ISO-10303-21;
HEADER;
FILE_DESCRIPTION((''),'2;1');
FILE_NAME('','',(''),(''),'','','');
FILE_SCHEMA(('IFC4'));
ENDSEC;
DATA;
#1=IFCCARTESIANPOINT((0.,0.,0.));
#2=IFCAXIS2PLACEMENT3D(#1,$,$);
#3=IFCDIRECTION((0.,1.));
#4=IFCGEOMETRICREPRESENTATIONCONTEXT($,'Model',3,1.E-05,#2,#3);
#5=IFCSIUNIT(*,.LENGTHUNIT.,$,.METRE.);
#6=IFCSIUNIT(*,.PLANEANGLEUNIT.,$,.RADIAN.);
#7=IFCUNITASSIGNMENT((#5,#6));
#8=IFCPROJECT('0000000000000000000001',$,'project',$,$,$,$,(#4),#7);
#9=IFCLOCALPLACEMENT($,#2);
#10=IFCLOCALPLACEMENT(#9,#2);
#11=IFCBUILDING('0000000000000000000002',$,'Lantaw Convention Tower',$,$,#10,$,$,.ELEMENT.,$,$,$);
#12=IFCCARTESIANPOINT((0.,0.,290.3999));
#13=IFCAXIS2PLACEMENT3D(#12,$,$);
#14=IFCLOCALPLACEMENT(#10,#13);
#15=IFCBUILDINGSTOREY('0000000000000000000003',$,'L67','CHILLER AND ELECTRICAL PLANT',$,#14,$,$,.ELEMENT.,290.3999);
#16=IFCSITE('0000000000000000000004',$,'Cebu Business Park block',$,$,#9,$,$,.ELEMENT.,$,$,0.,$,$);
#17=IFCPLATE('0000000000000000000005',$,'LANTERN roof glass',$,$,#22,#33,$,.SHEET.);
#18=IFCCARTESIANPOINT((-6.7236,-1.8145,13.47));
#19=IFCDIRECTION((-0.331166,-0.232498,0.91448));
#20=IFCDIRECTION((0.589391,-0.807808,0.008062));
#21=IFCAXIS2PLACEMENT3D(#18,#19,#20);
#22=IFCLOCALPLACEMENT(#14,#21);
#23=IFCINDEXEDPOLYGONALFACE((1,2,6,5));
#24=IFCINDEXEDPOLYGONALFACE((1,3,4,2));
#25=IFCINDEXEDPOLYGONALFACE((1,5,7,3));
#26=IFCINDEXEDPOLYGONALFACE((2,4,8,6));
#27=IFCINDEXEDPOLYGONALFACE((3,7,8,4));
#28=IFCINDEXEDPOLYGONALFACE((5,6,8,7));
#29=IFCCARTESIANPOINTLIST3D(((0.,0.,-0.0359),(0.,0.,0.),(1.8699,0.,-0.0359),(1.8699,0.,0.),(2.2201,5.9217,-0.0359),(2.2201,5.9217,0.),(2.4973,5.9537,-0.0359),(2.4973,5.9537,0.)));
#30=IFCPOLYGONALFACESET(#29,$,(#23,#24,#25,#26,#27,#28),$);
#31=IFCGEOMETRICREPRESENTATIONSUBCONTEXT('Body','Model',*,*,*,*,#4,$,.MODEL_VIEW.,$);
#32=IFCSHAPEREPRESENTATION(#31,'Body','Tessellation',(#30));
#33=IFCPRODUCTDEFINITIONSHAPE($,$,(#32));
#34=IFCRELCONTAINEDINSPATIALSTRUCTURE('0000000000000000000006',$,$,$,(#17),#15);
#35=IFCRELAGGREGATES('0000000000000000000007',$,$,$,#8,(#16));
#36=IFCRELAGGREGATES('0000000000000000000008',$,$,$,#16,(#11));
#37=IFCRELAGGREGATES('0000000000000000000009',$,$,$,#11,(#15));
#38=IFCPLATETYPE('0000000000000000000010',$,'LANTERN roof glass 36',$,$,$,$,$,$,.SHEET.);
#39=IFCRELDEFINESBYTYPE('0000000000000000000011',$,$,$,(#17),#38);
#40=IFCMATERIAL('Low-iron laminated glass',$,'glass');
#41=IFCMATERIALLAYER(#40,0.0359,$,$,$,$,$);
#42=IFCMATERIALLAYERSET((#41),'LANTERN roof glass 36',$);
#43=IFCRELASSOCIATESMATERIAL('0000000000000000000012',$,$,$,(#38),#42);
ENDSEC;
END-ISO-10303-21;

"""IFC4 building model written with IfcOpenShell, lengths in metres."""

from ifc_helpers import new_model, si_unit, direction, frame, origin, place, context, subcontext, project, spatial, polyline, outline, extrude, material, layer, layer_set, type_object, element, save


model = new_model("IFC4")

# Units and contexts
model_context = context("Model", 3, precision=1e-05, world=origin(), true_north=direction((0.0, 1.0)))
body_context = subcontext(model_context, "Body", "Model", "MODEL_VIEW")
ifc_project = project(units=[si_unit("LENGTHUNIT", "METRE"), si_unit("PLANEANGLEUNIT", "RADIAN")], contexts=[model_context])

# Site, building, storey
site_placement = place(None, origin())
site = spatial("IfcSite", under=ifc_project, at=site_placement, Name="Cebu Business Park block", CompositionType="ELEMENT", RefElevation=0.0)
building_placement = place(site_placement, origin())
building = spatial("IfcBuilding", under=site, at=building_placement, Name="Lantaw Convention Tower", CompositionType="ELEMENT")
storey_placement = place(building_placement, frame((0.0, 0.0, 290.3999)))
storey = spatial("IfcBuildingStorey", under=building, at=storey_placement, Name="L67", Description="CHILLER AND ELECTRICAL PLANT", CompositionType="ELEMENT", Elevation=290.3999)

# Plate
ifc_material_1 = material(Name="Low-iron laminated glass", Category="glass")
ifc_layer_1 = layer(ifc_material_1, 0.0359)
ifc_layer_set_1 = layer_set([ifc_layer_1], Name="LANTERN roof glass 36")
plate_type_1 = type_object("IfcPlateType", Name="LANTERN roof glass 36", PredefinedType="SHEET", material=ifc_layer_set_1)
plate_1_placement = place(storey_placement, frame((-6.7236, -1.8145, 13.47), z_axis=(-0.331166, -0.232498, 0.91448), x_axis=(0.589391, -0.807808, 0.008062)))
element("IfcPlate", 1, at=plate_1_placement, inside=storey, type_object=plate_type_1, Name="LANTERN roof glass", PredefinedType="SHEET", context=body_context, shape_type="SweptSolid", body=[
    extrude(outline(polyline([(0.0, 0.0), (1.8699, 0.0), (2.4973, 5.9537), (2.2201, 5.9217), (0.0, 0.0)])), origin(), (0.0, 0.0, -1.0), 0.0359),
])

save(model, "model.ifc")
